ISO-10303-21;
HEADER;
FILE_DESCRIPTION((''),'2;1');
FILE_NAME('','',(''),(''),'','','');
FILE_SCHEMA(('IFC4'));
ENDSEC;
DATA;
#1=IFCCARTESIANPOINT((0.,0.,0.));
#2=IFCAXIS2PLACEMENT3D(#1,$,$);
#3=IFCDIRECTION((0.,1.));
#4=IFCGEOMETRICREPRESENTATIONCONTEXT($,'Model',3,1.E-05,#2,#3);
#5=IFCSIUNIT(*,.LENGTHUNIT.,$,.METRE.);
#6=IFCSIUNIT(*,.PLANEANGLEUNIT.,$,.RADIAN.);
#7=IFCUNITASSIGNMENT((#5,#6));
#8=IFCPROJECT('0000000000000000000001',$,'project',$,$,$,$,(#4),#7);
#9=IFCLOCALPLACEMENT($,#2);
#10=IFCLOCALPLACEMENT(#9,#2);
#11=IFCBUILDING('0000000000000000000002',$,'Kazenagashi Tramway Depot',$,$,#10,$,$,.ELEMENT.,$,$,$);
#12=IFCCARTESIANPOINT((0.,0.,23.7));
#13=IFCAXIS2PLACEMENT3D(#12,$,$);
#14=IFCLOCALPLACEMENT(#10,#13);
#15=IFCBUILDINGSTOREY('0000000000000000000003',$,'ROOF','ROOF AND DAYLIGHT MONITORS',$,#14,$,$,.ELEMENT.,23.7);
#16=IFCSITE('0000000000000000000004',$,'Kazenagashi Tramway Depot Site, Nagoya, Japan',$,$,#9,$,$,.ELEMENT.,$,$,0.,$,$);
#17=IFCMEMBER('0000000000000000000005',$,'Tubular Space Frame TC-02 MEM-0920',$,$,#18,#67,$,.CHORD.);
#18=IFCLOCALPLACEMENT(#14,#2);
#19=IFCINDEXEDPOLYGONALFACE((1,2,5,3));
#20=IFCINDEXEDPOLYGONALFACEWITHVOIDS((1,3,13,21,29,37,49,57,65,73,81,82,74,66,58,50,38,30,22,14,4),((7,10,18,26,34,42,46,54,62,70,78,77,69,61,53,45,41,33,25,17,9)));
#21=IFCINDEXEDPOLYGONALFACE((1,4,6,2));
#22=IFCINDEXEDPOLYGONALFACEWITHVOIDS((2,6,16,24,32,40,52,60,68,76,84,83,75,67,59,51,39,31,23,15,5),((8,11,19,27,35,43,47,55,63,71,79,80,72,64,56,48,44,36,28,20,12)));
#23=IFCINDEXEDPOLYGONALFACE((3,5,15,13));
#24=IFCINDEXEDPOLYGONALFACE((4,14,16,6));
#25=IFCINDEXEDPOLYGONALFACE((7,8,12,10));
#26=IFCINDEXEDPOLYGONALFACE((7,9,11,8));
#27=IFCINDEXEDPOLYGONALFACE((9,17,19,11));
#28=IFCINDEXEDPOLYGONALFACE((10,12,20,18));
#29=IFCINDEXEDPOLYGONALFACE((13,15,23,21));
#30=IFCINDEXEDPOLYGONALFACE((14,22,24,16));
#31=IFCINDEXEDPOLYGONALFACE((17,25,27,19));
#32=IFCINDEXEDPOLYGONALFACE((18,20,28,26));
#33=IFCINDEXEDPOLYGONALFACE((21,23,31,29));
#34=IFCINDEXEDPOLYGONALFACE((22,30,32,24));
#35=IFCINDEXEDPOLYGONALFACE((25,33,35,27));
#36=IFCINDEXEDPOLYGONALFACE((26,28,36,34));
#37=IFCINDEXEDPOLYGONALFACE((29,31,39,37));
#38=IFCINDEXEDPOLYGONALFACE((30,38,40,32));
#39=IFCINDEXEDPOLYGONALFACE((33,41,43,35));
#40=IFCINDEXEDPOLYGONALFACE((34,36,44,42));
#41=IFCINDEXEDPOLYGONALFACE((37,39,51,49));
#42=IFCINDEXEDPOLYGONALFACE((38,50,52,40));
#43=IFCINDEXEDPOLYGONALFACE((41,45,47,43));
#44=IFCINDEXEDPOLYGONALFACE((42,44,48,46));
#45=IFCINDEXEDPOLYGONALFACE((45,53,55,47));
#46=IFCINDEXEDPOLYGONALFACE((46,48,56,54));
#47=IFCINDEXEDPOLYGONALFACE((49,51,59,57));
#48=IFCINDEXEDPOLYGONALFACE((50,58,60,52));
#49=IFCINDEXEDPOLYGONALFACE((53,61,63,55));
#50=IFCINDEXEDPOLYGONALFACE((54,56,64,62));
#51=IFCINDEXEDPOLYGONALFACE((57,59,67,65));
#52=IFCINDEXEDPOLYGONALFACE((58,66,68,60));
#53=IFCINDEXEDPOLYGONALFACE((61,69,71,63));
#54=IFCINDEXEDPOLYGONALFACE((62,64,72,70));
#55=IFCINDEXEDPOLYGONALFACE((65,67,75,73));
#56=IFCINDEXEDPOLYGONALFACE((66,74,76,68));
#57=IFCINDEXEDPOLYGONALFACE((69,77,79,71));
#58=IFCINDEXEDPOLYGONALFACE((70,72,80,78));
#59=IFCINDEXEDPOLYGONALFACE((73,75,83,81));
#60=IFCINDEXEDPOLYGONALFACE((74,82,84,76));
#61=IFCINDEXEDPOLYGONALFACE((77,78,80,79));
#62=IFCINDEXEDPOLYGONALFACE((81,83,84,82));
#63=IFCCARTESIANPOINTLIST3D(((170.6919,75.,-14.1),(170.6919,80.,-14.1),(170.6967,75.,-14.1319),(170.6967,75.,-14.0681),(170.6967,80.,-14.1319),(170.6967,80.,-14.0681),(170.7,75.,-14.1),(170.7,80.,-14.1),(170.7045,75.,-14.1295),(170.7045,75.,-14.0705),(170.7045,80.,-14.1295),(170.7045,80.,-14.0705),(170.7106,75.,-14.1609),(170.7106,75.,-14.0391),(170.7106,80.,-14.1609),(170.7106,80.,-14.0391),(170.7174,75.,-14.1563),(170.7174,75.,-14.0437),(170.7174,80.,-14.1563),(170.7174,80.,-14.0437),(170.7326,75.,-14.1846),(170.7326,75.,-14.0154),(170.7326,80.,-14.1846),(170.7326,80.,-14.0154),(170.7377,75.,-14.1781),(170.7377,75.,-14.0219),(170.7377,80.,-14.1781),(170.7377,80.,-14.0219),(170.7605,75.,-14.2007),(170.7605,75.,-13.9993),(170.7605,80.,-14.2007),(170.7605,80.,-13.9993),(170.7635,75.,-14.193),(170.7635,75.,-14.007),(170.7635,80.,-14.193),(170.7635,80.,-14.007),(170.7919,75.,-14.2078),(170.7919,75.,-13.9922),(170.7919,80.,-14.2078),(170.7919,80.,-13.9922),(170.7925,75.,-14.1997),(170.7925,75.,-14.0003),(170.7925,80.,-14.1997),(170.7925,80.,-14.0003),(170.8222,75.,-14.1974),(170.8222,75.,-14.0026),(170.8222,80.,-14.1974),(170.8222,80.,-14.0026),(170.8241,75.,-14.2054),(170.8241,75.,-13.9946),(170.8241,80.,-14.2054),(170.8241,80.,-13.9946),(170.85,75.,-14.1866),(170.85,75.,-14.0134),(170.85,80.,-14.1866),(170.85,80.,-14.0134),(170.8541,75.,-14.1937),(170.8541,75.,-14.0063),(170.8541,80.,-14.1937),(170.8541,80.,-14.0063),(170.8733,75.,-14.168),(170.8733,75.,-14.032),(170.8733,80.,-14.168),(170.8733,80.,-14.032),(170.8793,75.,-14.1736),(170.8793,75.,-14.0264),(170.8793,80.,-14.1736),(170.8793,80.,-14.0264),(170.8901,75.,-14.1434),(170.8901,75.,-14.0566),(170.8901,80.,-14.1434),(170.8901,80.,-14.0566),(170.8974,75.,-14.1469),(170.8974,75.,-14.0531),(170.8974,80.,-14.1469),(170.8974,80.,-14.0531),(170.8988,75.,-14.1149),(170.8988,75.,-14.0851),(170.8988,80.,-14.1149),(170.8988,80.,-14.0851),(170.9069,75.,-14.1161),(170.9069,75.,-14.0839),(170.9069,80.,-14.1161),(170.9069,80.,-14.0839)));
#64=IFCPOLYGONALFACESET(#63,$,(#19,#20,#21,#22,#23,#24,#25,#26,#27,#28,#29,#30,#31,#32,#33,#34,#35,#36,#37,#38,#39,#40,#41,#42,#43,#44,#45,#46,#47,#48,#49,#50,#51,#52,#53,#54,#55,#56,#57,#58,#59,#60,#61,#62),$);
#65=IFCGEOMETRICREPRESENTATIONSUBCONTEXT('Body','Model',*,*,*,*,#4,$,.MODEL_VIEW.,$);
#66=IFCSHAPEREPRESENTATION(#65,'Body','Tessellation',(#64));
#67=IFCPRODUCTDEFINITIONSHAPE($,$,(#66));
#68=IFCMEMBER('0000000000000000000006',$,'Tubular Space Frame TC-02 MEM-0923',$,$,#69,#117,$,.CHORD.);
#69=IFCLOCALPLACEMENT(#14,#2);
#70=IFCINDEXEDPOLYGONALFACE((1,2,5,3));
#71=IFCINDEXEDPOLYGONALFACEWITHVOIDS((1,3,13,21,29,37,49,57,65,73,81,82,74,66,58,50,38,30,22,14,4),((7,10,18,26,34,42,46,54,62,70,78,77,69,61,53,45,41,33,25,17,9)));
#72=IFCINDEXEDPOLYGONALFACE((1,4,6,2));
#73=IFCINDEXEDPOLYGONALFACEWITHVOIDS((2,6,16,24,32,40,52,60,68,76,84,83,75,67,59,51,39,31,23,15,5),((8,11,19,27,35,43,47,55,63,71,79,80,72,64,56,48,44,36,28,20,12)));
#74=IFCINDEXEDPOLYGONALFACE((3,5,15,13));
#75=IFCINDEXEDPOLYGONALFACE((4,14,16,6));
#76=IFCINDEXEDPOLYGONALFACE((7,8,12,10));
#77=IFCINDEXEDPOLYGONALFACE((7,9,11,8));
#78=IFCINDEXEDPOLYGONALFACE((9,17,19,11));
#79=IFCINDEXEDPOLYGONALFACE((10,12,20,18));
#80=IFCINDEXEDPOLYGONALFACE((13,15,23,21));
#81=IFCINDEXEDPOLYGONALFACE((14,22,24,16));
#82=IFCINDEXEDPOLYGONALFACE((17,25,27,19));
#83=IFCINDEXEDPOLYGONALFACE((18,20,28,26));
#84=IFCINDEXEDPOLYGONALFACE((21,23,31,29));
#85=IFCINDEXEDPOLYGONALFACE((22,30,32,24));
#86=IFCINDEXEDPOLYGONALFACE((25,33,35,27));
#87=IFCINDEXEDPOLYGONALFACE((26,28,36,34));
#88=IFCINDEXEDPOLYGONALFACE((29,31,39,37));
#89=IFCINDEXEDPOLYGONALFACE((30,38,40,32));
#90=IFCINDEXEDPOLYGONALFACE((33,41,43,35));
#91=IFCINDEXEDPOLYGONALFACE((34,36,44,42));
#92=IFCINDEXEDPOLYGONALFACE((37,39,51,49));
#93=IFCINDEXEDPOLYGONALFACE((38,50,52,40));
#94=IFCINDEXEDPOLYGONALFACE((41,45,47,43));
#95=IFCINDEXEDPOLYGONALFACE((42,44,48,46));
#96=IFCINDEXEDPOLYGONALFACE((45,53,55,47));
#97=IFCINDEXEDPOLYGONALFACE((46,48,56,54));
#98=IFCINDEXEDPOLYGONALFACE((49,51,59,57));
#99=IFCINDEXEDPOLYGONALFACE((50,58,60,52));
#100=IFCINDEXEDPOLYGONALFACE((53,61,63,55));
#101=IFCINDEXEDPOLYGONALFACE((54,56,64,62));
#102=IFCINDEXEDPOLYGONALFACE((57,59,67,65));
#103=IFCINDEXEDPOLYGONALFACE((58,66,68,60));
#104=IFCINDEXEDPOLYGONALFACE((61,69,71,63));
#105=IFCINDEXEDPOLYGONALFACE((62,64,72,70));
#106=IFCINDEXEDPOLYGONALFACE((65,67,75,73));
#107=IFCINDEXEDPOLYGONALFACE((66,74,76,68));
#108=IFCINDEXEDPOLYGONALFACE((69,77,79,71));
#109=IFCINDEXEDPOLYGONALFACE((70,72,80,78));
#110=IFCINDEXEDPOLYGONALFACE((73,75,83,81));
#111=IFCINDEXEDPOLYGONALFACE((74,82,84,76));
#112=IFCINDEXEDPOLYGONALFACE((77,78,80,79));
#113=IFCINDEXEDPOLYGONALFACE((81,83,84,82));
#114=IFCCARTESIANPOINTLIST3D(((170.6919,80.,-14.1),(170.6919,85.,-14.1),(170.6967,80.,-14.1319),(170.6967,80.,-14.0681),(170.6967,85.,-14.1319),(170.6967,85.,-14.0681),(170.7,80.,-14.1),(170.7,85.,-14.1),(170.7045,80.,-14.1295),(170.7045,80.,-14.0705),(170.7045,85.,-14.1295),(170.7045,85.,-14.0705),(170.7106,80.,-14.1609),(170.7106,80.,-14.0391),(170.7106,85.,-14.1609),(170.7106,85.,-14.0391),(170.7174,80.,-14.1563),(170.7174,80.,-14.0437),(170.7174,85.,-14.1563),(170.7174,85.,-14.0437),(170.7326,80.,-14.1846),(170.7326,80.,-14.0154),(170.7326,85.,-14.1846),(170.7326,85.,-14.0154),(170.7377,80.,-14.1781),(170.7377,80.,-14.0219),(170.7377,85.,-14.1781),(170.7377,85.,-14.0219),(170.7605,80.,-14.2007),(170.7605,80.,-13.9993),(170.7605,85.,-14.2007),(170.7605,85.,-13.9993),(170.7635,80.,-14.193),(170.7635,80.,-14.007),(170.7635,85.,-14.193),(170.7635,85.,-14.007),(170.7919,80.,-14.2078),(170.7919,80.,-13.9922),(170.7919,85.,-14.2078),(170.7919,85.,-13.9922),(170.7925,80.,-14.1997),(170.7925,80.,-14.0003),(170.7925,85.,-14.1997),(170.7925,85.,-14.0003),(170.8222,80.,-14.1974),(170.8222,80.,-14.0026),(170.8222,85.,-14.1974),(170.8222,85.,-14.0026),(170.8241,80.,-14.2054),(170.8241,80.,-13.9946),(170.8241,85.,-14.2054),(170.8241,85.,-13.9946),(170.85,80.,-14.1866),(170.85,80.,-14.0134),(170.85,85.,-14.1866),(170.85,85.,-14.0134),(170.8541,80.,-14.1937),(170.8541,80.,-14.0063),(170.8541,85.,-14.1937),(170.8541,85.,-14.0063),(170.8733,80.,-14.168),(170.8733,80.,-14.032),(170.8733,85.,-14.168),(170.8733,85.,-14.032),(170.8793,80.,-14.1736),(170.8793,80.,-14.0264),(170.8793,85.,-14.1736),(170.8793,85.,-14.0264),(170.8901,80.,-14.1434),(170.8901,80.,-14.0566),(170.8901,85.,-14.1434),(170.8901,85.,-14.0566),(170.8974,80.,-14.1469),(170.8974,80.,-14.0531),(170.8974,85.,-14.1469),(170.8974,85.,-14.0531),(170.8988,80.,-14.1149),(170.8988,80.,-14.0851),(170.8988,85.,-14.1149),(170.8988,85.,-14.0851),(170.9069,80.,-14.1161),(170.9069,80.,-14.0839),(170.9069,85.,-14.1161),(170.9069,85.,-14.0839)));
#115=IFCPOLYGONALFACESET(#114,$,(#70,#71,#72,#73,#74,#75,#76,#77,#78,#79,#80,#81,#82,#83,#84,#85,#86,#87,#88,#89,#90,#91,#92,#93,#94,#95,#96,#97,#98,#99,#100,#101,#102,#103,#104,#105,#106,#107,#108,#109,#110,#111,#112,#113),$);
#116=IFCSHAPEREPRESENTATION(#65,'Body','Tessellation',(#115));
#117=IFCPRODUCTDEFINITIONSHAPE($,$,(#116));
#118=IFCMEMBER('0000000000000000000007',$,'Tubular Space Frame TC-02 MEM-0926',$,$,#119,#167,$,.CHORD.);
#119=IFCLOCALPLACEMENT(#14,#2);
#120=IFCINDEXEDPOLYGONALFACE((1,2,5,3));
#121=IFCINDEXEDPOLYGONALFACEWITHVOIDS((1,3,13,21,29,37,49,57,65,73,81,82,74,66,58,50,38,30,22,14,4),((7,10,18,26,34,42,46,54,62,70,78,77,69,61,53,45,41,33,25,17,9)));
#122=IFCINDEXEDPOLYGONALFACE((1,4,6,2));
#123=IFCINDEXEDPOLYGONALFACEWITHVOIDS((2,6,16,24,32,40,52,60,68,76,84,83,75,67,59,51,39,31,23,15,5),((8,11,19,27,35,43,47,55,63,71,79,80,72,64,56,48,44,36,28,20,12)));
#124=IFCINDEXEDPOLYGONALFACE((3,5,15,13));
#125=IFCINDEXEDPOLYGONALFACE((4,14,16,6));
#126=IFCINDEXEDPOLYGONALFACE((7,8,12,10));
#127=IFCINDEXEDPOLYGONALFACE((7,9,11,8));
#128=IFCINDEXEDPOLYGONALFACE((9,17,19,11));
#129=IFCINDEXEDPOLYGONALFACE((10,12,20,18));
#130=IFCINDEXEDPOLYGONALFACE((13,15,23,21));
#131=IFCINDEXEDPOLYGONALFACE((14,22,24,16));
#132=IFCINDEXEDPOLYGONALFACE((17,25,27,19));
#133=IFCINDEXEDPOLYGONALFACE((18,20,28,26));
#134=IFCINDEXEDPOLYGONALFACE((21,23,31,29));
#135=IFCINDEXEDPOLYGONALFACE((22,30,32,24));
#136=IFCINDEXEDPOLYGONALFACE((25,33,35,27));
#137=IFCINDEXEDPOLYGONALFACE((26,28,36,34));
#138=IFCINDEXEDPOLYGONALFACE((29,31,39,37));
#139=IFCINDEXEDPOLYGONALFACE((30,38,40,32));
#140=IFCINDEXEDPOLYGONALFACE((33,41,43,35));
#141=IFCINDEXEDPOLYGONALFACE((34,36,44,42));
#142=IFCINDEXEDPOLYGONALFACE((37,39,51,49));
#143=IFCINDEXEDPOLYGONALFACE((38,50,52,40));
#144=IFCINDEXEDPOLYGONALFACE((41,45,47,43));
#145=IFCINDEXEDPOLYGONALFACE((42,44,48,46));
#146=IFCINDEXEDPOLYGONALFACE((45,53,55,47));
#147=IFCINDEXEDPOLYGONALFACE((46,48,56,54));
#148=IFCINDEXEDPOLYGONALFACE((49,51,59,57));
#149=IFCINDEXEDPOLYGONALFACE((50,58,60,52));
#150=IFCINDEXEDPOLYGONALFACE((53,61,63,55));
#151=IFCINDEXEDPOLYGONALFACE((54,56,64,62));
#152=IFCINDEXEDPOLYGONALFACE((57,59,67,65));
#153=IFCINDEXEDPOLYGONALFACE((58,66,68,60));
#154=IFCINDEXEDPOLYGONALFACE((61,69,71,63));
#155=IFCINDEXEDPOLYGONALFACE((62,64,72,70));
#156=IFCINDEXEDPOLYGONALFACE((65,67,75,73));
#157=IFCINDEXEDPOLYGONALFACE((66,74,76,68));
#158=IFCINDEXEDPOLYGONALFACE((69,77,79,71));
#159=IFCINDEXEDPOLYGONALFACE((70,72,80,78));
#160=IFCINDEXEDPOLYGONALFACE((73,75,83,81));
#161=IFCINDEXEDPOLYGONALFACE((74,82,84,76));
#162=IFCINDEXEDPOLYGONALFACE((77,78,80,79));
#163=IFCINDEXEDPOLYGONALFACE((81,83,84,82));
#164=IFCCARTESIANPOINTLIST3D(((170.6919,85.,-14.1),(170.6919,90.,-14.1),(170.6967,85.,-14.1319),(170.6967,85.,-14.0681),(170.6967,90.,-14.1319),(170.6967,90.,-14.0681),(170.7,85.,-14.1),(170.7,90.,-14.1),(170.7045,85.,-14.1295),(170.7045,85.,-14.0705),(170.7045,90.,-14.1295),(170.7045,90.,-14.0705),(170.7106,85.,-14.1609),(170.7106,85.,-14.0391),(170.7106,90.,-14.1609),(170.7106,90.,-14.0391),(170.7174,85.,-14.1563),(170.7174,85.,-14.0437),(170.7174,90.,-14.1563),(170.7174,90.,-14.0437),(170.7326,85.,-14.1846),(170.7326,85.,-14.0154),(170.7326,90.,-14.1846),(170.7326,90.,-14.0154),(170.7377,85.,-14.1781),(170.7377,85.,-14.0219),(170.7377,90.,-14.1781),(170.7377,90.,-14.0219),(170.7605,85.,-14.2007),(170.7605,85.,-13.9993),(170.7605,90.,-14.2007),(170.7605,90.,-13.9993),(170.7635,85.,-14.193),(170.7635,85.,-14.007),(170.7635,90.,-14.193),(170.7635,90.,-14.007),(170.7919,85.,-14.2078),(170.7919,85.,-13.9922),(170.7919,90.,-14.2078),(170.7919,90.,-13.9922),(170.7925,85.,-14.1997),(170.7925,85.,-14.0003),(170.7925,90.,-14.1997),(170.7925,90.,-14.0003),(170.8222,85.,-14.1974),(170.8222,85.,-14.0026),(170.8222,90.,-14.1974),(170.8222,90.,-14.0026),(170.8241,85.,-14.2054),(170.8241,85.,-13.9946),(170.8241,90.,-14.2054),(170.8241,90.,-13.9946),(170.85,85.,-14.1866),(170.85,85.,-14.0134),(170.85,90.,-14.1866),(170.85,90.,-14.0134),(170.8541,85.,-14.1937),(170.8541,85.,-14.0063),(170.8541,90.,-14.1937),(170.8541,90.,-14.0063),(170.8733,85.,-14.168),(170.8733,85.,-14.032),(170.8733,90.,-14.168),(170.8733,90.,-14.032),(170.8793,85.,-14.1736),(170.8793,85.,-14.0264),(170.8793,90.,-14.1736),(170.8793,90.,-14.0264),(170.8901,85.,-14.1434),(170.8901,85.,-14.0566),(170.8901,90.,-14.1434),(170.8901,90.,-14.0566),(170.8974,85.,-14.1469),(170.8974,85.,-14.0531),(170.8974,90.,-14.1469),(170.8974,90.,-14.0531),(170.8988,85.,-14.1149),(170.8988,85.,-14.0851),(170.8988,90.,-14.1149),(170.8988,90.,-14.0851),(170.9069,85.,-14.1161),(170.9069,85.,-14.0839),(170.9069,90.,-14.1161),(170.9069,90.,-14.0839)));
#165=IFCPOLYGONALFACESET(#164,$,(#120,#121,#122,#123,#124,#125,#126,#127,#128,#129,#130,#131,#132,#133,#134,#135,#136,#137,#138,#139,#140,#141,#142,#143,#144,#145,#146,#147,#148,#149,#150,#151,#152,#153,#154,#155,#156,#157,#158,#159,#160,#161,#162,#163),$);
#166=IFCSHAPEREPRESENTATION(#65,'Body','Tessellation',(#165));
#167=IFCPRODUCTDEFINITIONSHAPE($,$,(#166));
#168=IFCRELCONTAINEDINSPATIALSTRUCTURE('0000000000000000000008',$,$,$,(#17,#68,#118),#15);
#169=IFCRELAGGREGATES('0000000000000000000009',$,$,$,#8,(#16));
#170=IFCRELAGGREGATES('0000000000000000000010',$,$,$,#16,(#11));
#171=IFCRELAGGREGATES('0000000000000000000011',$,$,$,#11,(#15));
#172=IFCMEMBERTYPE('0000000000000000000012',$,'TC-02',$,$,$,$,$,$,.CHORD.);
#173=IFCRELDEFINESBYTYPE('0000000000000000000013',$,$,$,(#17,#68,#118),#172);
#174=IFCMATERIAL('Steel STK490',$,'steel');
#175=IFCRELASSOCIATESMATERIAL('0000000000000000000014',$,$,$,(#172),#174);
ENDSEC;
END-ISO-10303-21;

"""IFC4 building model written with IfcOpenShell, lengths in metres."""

from ifc_helpers import new_model, si_unit, direction, frame, origin, origin_2d, place, context, subcontext, project, spatial, hollow_circle, extrude, material, material_profile, profile_set, type_object, element, save


model = new_model("IFC4")

# Units and contexts
model_context = context("Model", 3, precision=1e-05, world=origin(), true_north=direction((0.0, 1.0)))
body_context = subcontext(model_context, "Body", "Model", "MODEL_VIEW")
ifc_project = project(units=[si_unit("LENGTHUNIT", "METRE"), si_unit("PLANEANGLEUNIT", "RADIAN")], contexts=[model_context])

# Site, building, storey
site_placement = place(None, origin())
site = spatial("IfcSite", under=ifc_project, at=site_placement, Name="Kazenagashi Tramway Depot Site, Nagoya, Japan", CompositionType="ELEMENT", RefElevation=0.0)
building_placement = place(site_placement, origin())
building = spatial("IfcBuilding", under=site, at=building_placement, Name="Kazenagashi Tramway Depot", CompositionType="ELEMENT")
storey_placement = place(building_placement, frame((0.0, 0.0, 23.7)))
storey = spatial("IfcBuildingStorey", under=building, at=storey_placement, Name="ROOF", Description="ROOF AND DAYLIGHT MONITORS", CompositionType="ELEMENT", Elevation=23.7)

# Members
ifc_material_1 = material(Name="Steel STK490", Category="steel")
ifc_material_profile_1 = material_profile(ifc_material_1, hollow_circle(Radius=0.1081, WallThickness=0.0082, at=origin_2d()), Name="CHS-216.3x8.2")
ifc_profile_set_1 = profile_set([ifc_material_profile_1], Name="Steel STK490")
member_type_1 = type_object("IfcMemberType", Name="TC-02", PredefinedType="CHORD", material=ifc_profile_set_1)
for number, where, z_axis, x_axis, name in (
    (1, (170.8, 75.0, -14.1), (0.0, 1.0, 0.0), (-1.0, 0.0, 0.0), "Tubular Space Frame TC-02 MEM-0920"),
    (2, (170.8, 80.0, -14.1), (0.0, 1.0, 0.0), (-1.0, 0.0, 0.0), "Tubular Space Frame TC-02 MEM-0923"),
    (3, (170.8, 85.0, -14.1), (0.0, 1.0, 0.0), (-1.0, 0.0, 0.0), "Tubular Space Frame TC-02 MEM-0926"),
):
    element("IfcMember", number, at=place(storey_placement, frame(where, z_axis=z_axis, x_axis=x_axis)), inside=storey, type_object=member_type_1, Name=name, PredefinedType="CHORD", context=body_context, shape_type="SweptSolid", body=[
        extrude(hollow_circle(Radius=0.1081, WallThickness=0.0082, at=origin_2d()), origin(), (0.0, 0.0, 1.0), 5.0),
    ])

save(model, "model.ifc")
